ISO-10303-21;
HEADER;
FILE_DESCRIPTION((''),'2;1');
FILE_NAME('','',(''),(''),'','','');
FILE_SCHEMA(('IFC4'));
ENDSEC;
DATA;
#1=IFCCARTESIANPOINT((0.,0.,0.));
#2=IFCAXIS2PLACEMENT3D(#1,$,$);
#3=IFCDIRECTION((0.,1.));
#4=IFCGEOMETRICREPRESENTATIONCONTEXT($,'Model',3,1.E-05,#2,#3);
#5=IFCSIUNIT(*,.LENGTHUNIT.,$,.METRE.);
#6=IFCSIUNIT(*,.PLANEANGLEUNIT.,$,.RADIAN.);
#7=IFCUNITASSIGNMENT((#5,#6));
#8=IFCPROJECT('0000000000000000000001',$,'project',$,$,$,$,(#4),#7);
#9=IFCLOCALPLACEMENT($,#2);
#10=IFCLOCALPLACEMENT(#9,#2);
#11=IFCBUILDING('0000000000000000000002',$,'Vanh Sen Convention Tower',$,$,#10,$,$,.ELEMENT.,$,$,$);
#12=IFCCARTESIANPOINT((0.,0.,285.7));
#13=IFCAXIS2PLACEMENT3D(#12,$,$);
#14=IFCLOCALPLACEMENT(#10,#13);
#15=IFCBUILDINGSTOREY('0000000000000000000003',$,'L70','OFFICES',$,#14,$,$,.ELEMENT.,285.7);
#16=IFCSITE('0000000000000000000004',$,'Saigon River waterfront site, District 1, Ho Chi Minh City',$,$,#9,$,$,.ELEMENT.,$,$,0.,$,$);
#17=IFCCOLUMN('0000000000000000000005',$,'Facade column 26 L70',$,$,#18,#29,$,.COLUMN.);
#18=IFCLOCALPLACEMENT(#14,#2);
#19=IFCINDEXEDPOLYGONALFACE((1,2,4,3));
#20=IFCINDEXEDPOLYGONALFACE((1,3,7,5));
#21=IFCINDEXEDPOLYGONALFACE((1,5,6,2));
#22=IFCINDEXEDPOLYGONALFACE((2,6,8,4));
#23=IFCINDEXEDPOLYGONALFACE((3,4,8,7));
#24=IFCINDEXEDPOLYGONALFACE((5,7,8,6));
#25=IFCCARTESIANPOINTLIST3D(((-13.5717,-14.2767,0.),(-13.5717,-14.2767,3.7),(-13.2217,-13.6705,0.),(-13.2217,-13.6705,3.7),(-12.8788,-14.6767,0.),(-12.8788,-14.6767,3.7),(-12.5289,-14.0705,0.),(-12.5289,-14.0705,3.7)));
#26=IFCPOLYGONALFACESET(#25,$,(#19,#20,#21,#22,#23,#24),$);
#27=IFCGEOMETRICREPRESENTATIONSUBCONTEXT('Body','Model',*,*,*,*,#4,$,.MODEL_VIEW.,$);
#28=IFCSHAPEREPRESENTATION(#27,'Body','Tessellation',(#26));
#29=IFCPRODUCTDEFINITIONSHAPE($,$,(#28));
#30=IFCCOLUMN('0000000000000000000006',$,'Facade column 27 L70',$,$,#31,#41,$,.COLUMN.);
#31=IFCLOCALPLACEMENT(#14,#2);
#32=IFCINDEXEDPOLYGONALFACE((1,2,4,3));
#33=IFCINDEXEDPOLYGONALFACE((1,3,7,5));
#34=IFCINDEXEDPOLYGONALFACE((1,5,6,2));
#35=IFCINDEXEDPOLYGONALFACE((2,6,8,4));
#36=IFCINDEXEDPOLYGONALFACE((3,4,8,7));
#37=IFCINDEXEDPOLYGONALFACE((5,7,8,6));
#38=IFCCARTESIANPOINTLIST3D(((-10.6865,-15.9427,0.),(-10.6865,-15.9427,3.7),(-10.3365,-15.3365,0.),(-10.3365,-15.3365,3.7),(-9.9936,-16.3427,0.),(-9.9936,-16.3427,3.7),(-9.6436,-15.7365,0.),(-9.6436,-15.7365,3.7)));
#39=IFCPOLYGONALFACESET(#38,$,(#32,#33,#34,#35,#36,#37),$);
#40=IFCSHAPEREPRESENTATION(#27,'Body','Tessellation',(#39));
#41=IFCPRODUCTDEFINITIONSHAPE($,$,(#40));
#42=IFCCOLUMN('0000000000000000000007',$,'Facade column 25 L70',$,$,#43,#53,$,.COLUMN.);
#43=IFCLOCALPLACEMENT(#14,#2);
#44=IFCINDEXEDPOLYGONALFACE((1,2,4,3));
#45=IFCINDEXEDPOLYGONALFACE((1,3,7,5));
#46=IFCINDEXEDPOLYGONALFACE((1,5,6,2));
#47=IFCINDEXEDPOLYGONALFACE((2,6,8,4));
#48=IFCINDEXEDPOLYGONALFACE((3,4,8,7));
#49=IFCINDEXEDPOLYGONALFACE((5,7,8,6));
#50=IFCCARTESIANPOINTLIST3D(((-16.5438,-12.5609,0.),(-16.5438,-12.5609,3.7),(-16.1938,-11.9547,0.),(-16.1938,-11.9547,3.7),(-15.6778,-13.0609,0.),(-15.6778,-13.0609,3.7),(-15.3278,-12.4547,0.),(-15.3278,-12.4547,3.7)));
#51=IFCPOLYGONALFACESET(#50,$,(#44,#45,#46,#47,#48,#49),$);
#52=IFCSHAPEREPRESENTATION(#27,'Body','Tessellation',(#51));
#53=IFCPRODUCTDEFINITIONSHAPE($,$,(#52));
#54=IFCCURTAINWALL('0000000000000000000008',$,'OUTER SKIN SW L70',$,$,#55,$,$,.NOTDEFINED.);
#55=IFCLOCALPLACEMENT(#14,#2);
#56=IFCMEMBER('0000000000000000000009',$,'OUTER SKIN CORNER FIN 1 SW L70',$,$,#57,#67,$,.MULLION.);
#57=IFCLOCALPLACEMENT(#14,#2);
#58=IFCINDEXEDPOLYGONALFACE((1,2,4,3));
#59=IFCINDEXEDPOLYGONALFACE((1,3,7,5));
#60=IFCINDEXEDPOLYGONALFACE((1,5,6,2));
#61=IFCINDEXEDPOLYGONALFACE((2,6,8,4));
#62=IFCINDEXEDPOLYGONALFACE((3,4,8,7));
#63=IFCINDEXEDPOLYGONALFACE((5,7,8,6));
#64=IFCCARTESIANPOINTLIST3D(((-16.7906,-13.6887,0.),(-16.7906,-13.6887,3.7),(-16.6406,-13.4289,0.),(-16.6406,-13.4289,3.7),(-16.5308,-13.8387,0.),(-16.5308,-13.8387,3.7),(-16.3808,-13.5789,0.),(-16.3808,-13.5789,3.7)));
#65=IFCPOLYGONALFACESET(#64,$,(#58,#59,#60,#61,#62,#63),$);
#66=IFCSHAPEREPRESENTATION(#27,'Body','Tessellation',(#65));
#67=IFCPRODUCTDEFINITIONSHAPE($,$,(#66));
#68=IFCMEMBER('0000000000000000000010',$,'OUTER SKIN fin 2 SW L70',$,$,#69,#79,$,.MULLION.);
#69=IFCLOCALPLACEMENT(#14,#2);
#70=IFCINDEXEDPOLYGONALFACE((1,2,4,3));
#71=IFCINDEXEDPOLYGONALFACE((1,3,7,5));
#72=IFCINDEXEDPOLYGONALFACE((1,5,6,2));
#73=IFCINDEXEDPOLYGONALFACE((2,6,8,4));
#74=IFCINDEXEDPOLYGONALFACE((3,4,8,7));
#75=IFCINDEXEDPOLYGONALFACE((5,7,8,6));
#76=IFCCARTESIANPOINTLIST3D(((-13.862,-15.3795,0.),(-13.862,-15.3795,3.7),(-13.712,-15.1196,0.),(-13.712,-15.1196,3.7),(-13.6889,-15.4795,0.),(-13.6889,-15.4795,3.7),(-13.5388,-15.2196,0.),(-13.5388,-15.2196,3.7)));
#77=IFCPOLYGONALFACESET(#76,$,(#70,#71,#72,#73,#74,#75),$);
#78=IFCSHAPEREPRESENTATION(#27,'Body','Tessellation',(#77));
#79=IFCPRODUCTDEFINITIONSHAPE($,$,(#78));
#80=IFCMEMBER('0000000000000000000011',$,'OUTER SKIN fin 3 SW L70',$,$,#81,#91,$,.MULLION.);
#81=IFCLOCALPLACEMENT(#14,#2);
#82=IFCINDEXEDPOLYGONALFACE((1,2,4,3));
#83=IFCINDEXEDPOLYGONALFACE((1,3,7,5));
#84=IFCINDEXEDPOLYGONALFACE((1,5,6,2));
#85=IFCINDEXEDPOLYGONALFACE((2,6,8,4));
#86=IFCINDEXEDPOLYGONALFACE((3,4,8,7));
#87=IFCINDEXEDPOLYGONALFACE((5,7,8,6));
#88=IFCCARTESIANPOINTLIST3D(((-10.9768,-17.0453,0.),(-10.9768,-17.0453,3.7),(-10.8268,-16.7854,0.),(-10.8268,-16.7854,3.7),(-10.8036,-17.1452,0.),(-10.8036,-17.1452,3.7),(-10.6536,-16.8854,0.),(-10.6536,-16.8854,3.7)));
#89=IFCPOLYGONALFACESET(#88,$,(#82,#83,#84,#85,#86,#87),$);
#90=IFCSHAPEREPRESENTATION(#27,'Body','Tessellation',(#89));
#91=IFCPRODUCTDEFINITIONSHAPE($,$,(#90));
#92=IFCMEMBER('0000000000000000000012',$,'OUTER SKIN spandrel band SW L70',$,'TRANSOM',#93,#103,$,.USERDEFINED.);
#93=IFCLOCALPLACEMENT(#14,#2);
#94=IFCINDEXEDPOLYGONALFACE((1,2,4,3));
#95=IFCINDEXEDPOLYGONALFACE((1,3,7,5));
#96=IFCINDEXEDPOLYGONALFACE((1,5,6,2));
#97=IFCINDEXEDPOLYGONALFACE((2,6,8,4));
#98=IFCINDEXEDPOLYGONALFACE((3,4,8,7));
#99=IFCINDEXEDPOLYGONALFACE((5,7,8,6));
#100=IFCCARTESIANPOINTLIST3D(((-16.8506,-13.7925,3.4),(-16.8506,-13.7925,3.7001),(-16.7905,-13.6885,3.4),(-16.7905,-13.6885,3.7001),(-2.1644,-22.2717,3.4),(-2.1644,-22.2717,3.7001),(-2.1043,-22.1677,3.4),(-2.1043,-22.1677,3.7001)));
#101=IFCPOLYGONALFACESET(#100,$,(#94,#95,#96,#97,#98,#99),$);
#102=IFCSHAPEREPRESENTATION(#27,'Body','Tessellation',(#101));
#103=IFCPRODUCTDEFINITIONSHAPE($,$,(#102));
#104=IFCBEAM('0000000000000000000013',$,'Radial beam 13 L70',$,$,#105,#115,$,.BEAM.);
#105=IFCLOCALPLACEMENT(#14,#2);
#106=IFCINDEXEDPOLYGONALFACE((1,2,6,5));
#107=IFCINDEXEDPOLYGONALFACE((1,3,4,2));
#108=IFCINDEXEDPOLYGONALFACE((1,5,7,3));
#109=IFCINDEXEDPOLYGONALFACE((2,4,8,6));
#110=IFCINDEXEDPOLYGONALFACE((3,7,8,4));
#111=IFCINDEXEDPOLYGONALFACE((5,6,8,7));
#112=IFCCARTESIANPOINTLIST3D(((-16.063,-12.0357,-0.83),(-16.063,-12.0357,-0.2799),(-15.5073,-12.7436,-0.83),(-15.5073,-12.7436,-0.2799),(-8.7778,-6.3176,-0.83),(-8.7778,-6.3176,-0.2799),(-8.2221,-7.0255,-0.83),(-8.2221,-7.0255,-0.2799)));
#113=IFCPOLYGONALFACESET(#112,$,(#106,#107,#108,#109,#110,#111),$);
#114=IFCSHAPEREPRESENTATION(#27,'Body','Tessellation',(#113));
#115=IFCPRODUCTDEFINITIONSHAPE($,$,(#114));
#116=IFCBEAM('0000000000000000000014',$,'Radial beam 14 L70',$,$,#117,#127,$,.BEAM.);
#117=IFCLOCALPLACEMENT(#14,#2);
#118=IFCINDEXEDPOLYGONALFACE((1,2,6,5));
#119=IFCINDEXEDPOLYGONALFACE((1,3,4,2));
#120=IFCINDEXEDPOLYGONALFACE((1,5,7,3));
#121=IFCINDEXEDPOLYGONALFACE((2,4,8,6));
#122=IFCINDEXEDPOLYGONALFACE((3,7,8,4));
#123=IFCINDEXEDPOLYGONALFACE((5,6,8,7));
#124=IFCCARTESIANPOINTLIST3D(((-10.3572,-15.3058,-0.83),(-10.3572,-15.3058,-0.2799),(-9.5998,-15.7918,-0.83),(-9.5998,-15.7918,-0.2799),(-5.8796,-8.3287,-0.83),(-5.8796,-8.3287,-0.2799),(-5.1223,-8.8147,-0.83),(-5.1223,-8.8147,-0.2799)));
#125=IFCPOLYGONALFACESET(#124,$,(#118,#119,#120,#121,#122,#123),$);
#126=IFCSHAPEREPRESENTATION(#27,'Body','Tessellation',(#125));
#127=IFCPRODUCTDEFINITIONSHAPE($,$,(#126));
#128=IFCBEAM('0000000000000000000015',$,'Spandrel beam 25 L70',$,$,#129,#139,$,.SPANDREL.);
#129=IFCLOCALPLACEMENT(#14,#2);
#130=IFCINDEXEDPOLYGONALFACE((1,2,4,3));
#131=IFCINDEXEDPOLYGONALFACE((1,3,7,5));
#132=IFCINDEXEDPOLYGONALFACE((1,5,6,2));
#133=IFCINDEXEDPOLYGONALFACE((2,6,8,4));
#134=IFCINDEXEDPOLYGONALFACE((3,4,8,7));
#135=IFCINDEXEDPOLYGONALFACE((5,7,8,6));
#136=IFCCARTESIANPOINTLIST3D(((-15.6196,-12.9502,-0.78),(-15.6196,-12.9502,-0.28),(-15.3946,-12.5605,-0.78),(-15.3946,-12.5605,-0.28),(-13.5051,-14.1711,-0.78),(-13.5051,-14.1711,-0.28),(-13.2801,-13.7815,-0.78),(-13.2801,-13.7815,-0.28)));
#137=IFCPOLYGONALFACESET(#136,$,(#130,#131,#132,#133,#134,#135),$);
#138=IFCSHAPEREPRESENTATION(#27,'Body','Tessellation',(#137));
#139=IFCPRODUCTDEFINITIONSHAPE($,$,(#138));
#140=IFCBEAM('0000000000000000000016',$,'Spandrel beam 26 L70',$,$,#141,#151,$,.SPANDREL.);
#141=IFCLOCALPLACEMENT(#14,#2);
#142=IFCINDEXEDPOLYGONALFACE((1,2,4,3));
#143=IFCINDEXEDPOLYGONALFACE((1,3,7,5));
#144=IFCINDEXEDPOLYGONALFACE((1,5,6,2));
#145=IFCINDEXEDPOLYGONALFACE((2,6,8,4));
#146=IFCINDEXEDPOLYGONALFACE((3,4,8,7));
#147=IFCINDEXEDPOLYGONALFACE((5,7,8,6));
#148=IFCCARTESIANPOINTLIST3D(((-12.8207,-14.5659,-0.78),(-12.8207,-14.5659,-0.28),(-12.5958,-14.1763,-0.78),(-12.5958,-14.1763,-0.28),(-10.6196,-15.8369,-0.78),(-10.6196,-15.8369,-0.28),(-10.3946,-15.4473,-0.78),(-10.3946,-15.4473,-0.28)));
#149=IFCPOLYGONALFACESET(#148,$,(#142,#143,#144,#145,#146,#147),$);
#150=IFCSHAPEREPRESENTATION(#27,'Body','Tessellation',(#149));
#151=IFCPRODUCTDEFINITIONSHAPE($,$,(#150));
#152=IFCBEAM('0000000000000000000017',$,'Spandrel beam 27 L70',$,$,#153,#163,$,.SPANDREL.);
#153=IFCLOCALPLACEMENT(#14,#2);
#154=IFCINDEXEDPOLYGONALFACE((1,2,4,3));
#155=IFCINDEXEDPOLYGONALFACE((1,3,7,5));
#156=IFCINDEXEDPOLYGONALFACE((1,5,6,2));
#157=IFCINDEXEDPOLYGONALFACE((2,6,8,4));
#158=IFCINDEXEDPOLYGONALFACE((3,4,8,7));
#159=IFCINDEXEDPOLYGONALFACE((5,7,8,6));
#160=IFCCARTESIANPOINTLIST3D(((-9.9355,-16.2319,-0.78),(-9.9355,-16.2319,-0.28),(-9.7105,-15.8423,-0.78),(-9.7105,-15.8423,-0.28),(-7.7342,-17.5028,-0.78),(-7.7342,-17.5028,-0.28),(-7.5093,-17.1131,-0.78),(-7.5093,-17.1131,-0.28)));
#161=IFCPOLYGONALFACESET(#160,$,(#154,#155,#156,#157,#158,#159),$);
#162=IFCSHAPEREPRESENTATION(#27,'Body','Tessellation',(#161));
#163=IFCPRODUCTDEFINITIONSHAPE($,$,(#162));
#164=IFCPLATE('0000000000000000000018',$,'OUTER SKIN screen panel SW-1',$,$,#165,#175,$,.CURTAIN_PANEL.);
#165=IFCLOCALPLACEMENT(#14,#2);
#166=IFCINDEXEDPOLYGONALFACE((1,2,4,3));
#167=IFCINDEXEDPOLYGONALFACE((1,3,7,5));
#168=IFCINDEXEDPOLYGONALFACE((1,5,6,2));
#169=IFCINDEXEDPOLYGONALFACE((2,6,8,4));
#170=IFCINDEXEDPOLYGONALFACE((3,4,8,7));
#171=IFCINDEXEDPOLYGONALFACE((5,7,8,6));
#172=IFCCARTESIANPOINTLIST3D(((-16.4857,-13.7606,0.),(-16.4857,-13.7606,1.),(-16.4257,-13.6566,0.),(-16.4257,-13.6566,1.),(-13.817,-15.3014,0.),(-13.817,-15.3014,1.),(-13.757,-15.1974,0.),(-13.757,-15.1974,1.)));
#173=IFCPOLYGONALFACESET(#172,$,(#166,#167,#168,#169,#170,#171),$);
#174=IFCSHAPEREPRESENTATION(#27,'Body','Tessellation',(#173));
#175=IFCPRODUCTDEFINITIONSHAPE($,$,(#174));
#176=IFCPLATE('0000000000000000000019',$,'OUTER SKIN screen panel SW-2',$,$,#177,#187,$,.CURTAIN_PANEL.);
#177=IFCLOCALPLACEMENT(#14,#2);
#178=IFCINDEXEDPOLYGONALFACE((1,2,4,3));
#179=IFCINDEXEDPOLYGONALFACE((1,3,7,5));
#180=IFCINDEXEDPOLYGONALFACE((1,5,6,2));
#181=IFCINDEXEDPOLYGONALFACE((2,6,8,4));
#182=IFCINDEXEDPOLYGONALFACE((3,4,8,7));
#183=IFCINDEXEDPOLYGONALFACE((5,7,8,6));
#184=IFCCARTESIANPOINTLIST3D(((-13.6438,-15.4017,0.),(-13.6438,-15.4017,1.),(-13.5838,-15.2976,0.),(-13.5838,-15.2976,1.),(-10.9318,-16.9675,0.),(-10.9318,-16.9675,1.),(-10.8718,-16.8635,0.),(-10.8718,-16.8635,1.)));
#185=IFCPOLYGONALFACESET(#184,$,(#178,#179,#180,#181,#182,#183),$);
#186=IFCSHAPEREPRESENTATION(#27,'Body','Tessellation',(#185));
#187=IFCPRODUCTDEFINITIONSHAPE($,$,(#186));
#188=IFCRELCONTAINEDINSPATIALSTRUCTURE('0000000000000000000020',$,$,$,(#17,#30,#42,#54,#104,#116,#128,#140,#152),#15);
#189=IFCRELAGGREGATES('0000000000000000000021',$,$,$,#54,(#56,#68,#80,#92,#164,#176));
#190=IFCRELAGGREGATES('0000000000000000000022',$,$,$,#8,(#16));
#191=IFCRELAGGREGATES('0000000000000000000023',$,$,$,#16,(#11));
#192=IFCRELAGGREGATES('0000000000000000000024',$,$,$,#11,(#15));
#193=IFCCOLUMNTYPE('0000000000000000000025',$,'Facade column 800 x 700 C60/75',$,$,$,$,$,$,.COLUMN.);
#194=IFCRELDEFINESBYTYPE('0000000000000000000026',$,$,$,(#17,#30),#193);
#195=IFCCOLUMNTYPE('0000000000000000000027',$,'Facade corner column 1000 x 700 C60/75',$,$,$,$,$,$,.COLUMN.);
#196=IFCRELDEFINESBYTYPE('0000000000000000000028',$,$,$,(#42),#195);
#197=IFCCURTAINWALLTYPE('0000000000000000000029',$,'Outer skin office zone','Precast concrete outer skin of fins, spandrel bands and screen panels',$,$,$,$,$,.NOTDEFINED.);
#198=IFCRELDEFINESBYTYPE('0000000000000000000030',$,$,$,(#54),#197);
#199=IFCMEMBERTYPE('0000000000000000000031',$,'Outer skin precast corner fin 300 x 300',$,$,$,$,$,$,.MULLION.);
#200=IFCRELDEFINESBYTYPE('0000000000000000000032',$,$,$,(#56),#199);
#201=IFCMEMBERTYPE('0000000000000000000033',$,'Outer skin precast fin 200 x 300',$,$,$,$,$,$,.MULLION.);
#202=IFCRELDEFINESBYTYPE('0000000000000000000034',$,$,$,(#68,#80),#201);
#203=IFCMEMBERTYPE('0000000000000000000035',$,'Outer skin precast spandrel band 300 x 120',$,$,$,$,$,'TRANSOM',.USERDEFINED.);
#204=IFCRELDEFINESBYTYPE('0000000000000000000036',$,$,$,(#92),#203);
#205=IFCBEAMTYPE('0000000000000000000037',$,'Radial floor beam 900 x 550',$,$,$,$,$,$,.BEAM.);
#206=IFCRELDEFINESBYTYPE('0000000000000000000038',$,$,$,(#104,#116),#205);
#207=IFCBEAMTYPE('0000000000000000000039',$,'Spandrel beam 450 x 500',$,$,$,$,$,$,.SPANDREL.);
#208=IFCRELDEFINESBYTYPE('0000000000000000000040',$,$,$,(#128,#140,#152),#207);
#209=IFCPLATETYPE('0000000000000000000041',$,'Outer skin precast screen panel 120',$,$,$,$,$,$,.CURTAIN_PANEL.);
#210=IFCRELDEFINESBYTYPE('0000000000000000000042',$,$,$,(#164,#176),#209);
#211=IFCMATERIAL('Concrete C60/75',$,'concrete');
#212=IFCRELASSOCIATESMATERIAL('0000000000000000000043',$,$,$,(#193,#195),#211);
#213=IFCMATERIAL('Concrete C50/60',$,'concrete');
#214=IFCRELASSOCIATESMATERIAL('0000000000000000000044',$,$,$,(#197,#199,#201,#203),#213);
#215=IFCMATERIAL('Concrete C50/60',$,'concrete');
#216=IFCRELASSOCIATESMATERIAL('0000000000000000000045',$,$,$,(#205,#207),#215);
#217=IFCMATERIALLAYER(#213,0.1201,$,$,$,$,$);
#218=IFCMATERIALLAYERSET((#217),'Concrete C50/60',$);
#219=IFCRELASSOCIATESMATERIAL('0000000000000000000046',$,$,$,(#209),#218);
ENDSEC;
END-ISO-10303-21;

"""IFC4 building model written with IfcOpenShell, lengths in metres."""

from ifc_helpers import new_model, si_unit, direction, frame, origin, origin_2d, place, context, subcontext, project, spatial, rectangle, extrude, material, layer, layer_set, material_profile, profile_set, type_object, element, aggregate, save


model = new_model("IFC4")

# Units and contexts
model_context = context("Model", 3, precision=1e-05, world=origin(), true_north=direction((0.0, 1.0)))
body_context = subcontext(model_context, "Body", "Model", "MODEL_VIEW")
ifc_project = project(units=[si_unit("LENGTHUNIT", "METRE"), si_unit("PLANEANGLEUNIT", "RADIAN")], contexts=[model_context])

# Site, building, storey
site_placement = place(None, origin())
site = spatial("IfcSite", under=ifc_project, at=site_placement, Name="Saigon River waterfront site, District 1, Ho Chi Minh City", CompositionType="ELEMENT", RefElevation=0.0)
building_placement = place(site_placement, origin())
building = spatial("IfcBuilding", under=site, at=building_placement, Name="Vanh Sen Convention Tower", CompositionType="ELEMENT")
storey_placement = place(building_placement, frame((0.0, 0.0, 285.7)))
storey = spatial("IfcBuildingStorey", under=building, at=storey_placement, Name="L70", Description="OFFICES", CompositionType="ELEMENT", Elevation=285.7)

# Columns
ifc_material_1 = material(Name="Concrete C60/75", Category="concrete")
ifc_material_profile_1 = material_profile(ifc_material_1, rectangle(XDim=0.8, YDim=0.7, at=origin_2d()), Name="RC 800X700")
ifc_profile_set_1 = profile_set([ifc_material_profile_1], Name="Concrete C60/75")
column_type_1 = type_object("IfcColumnType", Name="Facade column 800 x 700 C60/75", PredefinedType="COLUMN", material=ifc_profile_set_1)
for number, where, z_axis, x_axis, name in (
    (1, (-13.0503, -14.1736, 0.0), (0.0, 0.0, 1.0), (0.866025, -0.5, 0.0), "Facade column 26 L70"),
    (2, (-10.165, -15.8396, 0.0), (0.0, 0.0, 1.0), (0.866025, -0.5, 0.0), "Facade column 27 L70"),
):
    element("IfcColumn", number, at=place(storey_placement, frame(where, z_axis=z_axis, x_axis=x_axis)), inside=storey, type_object=column_type_1, Name=name, PredefinedType="COLUMN", context=body_context, shape_type="SweptSolid", body=[
        extrude(rectangle(XDim=0.8, YDim=0.7, at=origin_2d()), origin(), (0.0, 0.0, 1.0), 3.7),
    ])
ifc_material_profile_2 = material_profile(ifc_material_1, rectangle(XDim=1.0, YDim=0.7, at=origin_2d()), Name="RC 1000X700")
ifc_profile_set_2 = profile_set([ifc_material_profile_2], Name="Concrete C60/75")
column_type_2 = type_object("IfcColumnType", Name="Facade corner column 1000 x 700 C60/75", PredefinedType="COLUMN", material=ifc_profile_set_2)
column_placement = place(storey_placement, frame((-15.9358, -12.5078, 0.0), z_axis=(0.0, 0.0, 1.0), x_axis=(0.866025, -0.5, 0.0)))
element("IfcColumn", 3, at=column_placement, inside=storey, type_object=column_type_2, Name="Facade column 25 L70", PredefinedType="COLUMN", context=body_context, shape_type="SweptSolid", body=[
    extrude(rectangle(XDim=1.0, YDim=0.7, at=origin_2d()), origin(), (0.0, 0.0, 1.0), 3.7),
])

# Curtain wall, members
ifc_material_2 = material(Name="Concrete C50/60", Category="concrete")
curtain_wall_type = type_object("IfcCurtainWallType", Name="Outer skin office zone", Description="Precast concrete outer skin of fins, spandrel bands and screen panels", PredefinedType="NOTDEFINED", material=ifc_material_2)
curtain_wall_placement = place(storey_placement, origin())
curtain_wall = element("IfcCurtainWall", 4, at=curtain_wall_placement, inside=storey, type_object=curtain_wall_type, Name="OUTER SKIN SW L70", PredefinedType="NOTDEFINED")
ifc_material_profile_3 = material_profile(ifc_material_2, rectangle(XDim=0.3, YDim=0.3, at=origin_2d()), Name="Outer skin precast corner fin 300 x 300")
ifc_profile_set_3 = profile_set([ifc_material_profile_3], Name="Concrete C50/60")
member_type_1 = type_object("IfcMemberType", Name="Outer skin precast corner fin 300 x 300", PredefinedType="MULLION", material=ifc_profile_set_3)
member_1_placement = place(storey_placement, frame((-16.5857, -13.6338, 0.0), z_axis=(0.0, 0.0, 1.0), x_axis=(0.866025, -0.5, 0.0)))
member_1 = element("IfcMember", 5, at=member_1_placement, type_object=member_type_1, Name="OUTER SKIN CORNER FIN 1 SW L70", PredefinedType="MULLION", context=body_context, shape_type="SweptSolid", body=[
    extrude(rectangle(XDim=0.3, YDim=0.3, at=origin_2d()), origin(), (0.0, 0.0, 1.0), 3.7),
])
ifc_material_profile_4 = material_profile(ifc_material_2, rectangle(XDim=0.2, YDim=0.3, at=origin_2d()), Name="Outer skin precast fin 200 x 300")
ifc_profile_set_4 = profile_set([ifc_material_profile_4], Name="Concrete C50/60")
member_type_2 = type_object("IfcMemberType", Name="Outer skin precast fin 200 x 300", PredefinedType="MULLION", material=ifc_profile_set_4)
member_2_placement = place(storey_placement, frame((-13.7004, -15.2996, 0.0), z_axis=(0.0, 0.0, 1.0), x_axis=(0.866025, -0.5, 0.0)))
member_2 = element("IfcMember", 6, at=member_2_placement, type_object=member_type_2, Name="OUTER SKIN fin 2 SW L70", PredefinedType="MULLION", context=body_context, shape_type="SweptSolid", body=[
    extrude(rectangle(XDim=0.2, YDim=0.3, at=origin_2d()), origin(), (0.0, 0.0, 1.0), 3.7),
])
member_3_placement = place(storey_placement, frame((-10.8152, -16.9653, 0.0), z_axis=(0.0, 0.0, 1.0), x_axis=(0.866025, -0.5, 0.0)))
member_3 = element("IfcMember", 7, at=member_3_placement, type_object=member_type_2, Name="OUTER SKIN fin 3 SW L70", PredefinedType="MULLION", context=body_context, shape_type="SweptSolid", body=[
    extrude(rectangle(XDim=0.2, YDim=0.3, at=origin_2d()), origin(), (0.0, 0.0, 1.0), 3.7),
])
ifc_material_profile_5 = material_profile(ifc_material_2, rectangle(XDim=0.1201, YDim=0.3, at=origin_2d()), Name="Outer skin precast spandrel band 300 x 120")
ifc_profile_set_5 = profile_set([ifc_material_profile_5], Name="Concrete C50/60")
member_type_3 = type_object("IfcMemberType", Name="Outer skin precast spandrel band 300 x 120", ElementType="TRANSOM", PredefinedType="USERDEFINED", material=ifc_profile_set_5)
member_4_placement = place(storey_placement, frame((-16.8206, -13.7405, 3.55), z_axis=(0.866022, -0.500005, 0.0), x_axis=(0.500005, 0.866022, 0.0)))
member_4 = element("IfcMember", 8, at=member_4_placement, type_object=member_type_3, Name="OUTER SKIN spandrel band SW L70", ObjectType="TRANSOM", PredefinedType="USERDEFINED", context=body_context, shape_type="SweptSolid", body=[
    extrude(rectangle(XDim=0.1201, YDim=0.3, at=origin_2d()), origin(), (0.0, 0.0, 1.0), 16.9583),
])

# Beams
ifc_material_3 = material(Name="Concrete C50/60", Category="concrete")
ifc_material_profile_6 = material_profile(ifc_material_3, rectangle(XDim=0.8999, YDim=0.55, at=origin_2d()), Name="RC 900X550")
ifc_profile_set_6 = profile_set([ifc_material_profile_6], Name="Concrete C50/60")
beam_type_1 = type_object("IfcBeamType", Name="Radial floor beam 900 x 550", PredefinedType="BEAM", material=ifc_profile_set_6)
beam_1_placement = place(storey_placement, frame((-15.7852, -12.3896, -0.5549), z_axis=(0.786635, 0.617419, 0.0), x_axis=(-0.617419, 0.786635, 0.0)))
element("IfcBeam", 9, at=beam_1_placement, inside=storey, type_object=beam_type_1, Name="Radial beam 13 L70", PredefinedType="BEAM", context=body_context, shape_type="SweptSolid", body=[
    extrude(rectangle(XDim=0.8999, YDim=0.55, at=origin_2d()), origin(), (0.0, 0.0, 1.0), 9.2612),
])
beam_2_placement = place(storey_placement, frame((-9.9785, -15.5488, -0.5549), z_axis=(0.5401, 0.841601, 0.0), x_axis=(-0.841601, 0.5401, 0.0)))
element("IfcBeam", 10, at=beam_2_placement, inside=storey, type_object=beam_type_1, Name="Radial beam 14 L70", PredefinedType="BEAM", context=body_context, shape_type="SweptSolid", body=[
    extrude(rectangle(XDim=0.8999, YDim=0.55, at=origin_2d()), origin(), (0.0, 0.0, 1.0), 8.2903),
])
ifc_material_profile_7 = material_profile(ifc_material_3, rectangle(XDim=0.45, YDim=0.5, at=origin_2d()), Name="RC 450X500")
ifc_profile_set_7 = profile_set([ifc_material_profile_7], Name="Concrete C50/60")
beam_type_2 = type_object("IfcBeamType", Name="Spandrel beam 450 x 500", PredefinedType="SPANDREL", material=ifc_profile_set_7)
beam_3_placement = place(storey_placement, frame((-15.5071, -12.7554, -0.53), z_axis=(0.866001, -0.500043, 0.0), x_axis=(0.500043, 0.866001, 0.0)))
element("IfcBeam", 11, at=beam_3_placement, inside=storey, type_object=beam_type_2, Name="Spandrel beam 25 L70", PredefinedType="SPANDREL", context=body_context, shape_type="SweptSolid", body=[
    extrude(rectangle(XDim=0.45, YDim=0.5, at=origin_2d()), origin(), (0.0, 0.0, 1.0), 2.4417),
])
for number, where, z_axis, x_axis, name in (
    (12, (-12.7083, -14.3711, -0.53), (0.866, -0.500044, 0.0), (0.500044, 0.866, 0.0), "Spandrel beam 26 L70"),
    (13, (-9.823, -16.0371, -0.53), (0.866042, -0.499972, 0.0), (0.499972, 0.866042, 0.0), "Spandrel beam 27 L70"),
):
    element("IfcBeam", number, at=place(storey_placement, frame(where, z_axis=z_axis, x_axis=x_axis)), inside=storey, type_object=beam_type_2, Name=name, PredefinedType="SPANDREL", context=body_context, shape_type="SweptSolid", body=[
        extrude(rectangle(XDim=0.45, YDim=0.5, at=origin_2d()), origin(), (0.0, 0.0, 1.0), 2.5417),
    ])

# Plates
ifc_layer_1 = layer(ifc_material_2, 0.1201)
ifc_layer_set_1 = layer_set([ifc_layer_1], Name="Concrete C50/60")
plate_type = type_object("IfcPlateType", Name="Outer skin precast screen panel 120", PredefinedType="CURTAIN_PANEL", material=ifc_layer_set_1)
plate_1_placement = place(storey_placement, frame((-15.1213, -14.479, 0.0), z_axis=(0.0, 0.0, 1.0), x_axis=(0.866029, -0.499994, 0.0)))
plate_1 = element("IfcPlate", 14, at=plate_1_placement, type_object=plate_type, Name="OUTER SKIN screen panel SW-1", PredefinedType="CURTAIN_PANEL", context=body_context, shape_type="SweptSolid", body=[
    extrude(rectangle(XDim=3.0815, YDim=0.1201, at=origin_2d()), origin(), (0.0, 0.0, 1.0), 1.0),
])
plate_2_placement = place(storey_placement, frame((-12.2578, -16.1326, 0.0), z_axis=(0.0, 0.0, 1.0), x_axis=(0.866016, -0.500017, 0.0)))
plate_2 = element("IfcPlate", 15, at=plate_2_placement, type_object=plate_type, Name="OUTER SKIN screen panel SW-2", PredefinedType="CURTAIN_PANEL", context=body_context, shape_type="SweptSolid", body=[
    extrude(rectangle(XDim=3.1316, YDim=0.1201, at=origin_2d()), origin(), (0.0, 0.0, 1.0), 1.0),
])
aggregate(curtain_wall, [member_1, member_2, member_3, member_4, plate_1, plate_2])

save(model, "model.ifc")
